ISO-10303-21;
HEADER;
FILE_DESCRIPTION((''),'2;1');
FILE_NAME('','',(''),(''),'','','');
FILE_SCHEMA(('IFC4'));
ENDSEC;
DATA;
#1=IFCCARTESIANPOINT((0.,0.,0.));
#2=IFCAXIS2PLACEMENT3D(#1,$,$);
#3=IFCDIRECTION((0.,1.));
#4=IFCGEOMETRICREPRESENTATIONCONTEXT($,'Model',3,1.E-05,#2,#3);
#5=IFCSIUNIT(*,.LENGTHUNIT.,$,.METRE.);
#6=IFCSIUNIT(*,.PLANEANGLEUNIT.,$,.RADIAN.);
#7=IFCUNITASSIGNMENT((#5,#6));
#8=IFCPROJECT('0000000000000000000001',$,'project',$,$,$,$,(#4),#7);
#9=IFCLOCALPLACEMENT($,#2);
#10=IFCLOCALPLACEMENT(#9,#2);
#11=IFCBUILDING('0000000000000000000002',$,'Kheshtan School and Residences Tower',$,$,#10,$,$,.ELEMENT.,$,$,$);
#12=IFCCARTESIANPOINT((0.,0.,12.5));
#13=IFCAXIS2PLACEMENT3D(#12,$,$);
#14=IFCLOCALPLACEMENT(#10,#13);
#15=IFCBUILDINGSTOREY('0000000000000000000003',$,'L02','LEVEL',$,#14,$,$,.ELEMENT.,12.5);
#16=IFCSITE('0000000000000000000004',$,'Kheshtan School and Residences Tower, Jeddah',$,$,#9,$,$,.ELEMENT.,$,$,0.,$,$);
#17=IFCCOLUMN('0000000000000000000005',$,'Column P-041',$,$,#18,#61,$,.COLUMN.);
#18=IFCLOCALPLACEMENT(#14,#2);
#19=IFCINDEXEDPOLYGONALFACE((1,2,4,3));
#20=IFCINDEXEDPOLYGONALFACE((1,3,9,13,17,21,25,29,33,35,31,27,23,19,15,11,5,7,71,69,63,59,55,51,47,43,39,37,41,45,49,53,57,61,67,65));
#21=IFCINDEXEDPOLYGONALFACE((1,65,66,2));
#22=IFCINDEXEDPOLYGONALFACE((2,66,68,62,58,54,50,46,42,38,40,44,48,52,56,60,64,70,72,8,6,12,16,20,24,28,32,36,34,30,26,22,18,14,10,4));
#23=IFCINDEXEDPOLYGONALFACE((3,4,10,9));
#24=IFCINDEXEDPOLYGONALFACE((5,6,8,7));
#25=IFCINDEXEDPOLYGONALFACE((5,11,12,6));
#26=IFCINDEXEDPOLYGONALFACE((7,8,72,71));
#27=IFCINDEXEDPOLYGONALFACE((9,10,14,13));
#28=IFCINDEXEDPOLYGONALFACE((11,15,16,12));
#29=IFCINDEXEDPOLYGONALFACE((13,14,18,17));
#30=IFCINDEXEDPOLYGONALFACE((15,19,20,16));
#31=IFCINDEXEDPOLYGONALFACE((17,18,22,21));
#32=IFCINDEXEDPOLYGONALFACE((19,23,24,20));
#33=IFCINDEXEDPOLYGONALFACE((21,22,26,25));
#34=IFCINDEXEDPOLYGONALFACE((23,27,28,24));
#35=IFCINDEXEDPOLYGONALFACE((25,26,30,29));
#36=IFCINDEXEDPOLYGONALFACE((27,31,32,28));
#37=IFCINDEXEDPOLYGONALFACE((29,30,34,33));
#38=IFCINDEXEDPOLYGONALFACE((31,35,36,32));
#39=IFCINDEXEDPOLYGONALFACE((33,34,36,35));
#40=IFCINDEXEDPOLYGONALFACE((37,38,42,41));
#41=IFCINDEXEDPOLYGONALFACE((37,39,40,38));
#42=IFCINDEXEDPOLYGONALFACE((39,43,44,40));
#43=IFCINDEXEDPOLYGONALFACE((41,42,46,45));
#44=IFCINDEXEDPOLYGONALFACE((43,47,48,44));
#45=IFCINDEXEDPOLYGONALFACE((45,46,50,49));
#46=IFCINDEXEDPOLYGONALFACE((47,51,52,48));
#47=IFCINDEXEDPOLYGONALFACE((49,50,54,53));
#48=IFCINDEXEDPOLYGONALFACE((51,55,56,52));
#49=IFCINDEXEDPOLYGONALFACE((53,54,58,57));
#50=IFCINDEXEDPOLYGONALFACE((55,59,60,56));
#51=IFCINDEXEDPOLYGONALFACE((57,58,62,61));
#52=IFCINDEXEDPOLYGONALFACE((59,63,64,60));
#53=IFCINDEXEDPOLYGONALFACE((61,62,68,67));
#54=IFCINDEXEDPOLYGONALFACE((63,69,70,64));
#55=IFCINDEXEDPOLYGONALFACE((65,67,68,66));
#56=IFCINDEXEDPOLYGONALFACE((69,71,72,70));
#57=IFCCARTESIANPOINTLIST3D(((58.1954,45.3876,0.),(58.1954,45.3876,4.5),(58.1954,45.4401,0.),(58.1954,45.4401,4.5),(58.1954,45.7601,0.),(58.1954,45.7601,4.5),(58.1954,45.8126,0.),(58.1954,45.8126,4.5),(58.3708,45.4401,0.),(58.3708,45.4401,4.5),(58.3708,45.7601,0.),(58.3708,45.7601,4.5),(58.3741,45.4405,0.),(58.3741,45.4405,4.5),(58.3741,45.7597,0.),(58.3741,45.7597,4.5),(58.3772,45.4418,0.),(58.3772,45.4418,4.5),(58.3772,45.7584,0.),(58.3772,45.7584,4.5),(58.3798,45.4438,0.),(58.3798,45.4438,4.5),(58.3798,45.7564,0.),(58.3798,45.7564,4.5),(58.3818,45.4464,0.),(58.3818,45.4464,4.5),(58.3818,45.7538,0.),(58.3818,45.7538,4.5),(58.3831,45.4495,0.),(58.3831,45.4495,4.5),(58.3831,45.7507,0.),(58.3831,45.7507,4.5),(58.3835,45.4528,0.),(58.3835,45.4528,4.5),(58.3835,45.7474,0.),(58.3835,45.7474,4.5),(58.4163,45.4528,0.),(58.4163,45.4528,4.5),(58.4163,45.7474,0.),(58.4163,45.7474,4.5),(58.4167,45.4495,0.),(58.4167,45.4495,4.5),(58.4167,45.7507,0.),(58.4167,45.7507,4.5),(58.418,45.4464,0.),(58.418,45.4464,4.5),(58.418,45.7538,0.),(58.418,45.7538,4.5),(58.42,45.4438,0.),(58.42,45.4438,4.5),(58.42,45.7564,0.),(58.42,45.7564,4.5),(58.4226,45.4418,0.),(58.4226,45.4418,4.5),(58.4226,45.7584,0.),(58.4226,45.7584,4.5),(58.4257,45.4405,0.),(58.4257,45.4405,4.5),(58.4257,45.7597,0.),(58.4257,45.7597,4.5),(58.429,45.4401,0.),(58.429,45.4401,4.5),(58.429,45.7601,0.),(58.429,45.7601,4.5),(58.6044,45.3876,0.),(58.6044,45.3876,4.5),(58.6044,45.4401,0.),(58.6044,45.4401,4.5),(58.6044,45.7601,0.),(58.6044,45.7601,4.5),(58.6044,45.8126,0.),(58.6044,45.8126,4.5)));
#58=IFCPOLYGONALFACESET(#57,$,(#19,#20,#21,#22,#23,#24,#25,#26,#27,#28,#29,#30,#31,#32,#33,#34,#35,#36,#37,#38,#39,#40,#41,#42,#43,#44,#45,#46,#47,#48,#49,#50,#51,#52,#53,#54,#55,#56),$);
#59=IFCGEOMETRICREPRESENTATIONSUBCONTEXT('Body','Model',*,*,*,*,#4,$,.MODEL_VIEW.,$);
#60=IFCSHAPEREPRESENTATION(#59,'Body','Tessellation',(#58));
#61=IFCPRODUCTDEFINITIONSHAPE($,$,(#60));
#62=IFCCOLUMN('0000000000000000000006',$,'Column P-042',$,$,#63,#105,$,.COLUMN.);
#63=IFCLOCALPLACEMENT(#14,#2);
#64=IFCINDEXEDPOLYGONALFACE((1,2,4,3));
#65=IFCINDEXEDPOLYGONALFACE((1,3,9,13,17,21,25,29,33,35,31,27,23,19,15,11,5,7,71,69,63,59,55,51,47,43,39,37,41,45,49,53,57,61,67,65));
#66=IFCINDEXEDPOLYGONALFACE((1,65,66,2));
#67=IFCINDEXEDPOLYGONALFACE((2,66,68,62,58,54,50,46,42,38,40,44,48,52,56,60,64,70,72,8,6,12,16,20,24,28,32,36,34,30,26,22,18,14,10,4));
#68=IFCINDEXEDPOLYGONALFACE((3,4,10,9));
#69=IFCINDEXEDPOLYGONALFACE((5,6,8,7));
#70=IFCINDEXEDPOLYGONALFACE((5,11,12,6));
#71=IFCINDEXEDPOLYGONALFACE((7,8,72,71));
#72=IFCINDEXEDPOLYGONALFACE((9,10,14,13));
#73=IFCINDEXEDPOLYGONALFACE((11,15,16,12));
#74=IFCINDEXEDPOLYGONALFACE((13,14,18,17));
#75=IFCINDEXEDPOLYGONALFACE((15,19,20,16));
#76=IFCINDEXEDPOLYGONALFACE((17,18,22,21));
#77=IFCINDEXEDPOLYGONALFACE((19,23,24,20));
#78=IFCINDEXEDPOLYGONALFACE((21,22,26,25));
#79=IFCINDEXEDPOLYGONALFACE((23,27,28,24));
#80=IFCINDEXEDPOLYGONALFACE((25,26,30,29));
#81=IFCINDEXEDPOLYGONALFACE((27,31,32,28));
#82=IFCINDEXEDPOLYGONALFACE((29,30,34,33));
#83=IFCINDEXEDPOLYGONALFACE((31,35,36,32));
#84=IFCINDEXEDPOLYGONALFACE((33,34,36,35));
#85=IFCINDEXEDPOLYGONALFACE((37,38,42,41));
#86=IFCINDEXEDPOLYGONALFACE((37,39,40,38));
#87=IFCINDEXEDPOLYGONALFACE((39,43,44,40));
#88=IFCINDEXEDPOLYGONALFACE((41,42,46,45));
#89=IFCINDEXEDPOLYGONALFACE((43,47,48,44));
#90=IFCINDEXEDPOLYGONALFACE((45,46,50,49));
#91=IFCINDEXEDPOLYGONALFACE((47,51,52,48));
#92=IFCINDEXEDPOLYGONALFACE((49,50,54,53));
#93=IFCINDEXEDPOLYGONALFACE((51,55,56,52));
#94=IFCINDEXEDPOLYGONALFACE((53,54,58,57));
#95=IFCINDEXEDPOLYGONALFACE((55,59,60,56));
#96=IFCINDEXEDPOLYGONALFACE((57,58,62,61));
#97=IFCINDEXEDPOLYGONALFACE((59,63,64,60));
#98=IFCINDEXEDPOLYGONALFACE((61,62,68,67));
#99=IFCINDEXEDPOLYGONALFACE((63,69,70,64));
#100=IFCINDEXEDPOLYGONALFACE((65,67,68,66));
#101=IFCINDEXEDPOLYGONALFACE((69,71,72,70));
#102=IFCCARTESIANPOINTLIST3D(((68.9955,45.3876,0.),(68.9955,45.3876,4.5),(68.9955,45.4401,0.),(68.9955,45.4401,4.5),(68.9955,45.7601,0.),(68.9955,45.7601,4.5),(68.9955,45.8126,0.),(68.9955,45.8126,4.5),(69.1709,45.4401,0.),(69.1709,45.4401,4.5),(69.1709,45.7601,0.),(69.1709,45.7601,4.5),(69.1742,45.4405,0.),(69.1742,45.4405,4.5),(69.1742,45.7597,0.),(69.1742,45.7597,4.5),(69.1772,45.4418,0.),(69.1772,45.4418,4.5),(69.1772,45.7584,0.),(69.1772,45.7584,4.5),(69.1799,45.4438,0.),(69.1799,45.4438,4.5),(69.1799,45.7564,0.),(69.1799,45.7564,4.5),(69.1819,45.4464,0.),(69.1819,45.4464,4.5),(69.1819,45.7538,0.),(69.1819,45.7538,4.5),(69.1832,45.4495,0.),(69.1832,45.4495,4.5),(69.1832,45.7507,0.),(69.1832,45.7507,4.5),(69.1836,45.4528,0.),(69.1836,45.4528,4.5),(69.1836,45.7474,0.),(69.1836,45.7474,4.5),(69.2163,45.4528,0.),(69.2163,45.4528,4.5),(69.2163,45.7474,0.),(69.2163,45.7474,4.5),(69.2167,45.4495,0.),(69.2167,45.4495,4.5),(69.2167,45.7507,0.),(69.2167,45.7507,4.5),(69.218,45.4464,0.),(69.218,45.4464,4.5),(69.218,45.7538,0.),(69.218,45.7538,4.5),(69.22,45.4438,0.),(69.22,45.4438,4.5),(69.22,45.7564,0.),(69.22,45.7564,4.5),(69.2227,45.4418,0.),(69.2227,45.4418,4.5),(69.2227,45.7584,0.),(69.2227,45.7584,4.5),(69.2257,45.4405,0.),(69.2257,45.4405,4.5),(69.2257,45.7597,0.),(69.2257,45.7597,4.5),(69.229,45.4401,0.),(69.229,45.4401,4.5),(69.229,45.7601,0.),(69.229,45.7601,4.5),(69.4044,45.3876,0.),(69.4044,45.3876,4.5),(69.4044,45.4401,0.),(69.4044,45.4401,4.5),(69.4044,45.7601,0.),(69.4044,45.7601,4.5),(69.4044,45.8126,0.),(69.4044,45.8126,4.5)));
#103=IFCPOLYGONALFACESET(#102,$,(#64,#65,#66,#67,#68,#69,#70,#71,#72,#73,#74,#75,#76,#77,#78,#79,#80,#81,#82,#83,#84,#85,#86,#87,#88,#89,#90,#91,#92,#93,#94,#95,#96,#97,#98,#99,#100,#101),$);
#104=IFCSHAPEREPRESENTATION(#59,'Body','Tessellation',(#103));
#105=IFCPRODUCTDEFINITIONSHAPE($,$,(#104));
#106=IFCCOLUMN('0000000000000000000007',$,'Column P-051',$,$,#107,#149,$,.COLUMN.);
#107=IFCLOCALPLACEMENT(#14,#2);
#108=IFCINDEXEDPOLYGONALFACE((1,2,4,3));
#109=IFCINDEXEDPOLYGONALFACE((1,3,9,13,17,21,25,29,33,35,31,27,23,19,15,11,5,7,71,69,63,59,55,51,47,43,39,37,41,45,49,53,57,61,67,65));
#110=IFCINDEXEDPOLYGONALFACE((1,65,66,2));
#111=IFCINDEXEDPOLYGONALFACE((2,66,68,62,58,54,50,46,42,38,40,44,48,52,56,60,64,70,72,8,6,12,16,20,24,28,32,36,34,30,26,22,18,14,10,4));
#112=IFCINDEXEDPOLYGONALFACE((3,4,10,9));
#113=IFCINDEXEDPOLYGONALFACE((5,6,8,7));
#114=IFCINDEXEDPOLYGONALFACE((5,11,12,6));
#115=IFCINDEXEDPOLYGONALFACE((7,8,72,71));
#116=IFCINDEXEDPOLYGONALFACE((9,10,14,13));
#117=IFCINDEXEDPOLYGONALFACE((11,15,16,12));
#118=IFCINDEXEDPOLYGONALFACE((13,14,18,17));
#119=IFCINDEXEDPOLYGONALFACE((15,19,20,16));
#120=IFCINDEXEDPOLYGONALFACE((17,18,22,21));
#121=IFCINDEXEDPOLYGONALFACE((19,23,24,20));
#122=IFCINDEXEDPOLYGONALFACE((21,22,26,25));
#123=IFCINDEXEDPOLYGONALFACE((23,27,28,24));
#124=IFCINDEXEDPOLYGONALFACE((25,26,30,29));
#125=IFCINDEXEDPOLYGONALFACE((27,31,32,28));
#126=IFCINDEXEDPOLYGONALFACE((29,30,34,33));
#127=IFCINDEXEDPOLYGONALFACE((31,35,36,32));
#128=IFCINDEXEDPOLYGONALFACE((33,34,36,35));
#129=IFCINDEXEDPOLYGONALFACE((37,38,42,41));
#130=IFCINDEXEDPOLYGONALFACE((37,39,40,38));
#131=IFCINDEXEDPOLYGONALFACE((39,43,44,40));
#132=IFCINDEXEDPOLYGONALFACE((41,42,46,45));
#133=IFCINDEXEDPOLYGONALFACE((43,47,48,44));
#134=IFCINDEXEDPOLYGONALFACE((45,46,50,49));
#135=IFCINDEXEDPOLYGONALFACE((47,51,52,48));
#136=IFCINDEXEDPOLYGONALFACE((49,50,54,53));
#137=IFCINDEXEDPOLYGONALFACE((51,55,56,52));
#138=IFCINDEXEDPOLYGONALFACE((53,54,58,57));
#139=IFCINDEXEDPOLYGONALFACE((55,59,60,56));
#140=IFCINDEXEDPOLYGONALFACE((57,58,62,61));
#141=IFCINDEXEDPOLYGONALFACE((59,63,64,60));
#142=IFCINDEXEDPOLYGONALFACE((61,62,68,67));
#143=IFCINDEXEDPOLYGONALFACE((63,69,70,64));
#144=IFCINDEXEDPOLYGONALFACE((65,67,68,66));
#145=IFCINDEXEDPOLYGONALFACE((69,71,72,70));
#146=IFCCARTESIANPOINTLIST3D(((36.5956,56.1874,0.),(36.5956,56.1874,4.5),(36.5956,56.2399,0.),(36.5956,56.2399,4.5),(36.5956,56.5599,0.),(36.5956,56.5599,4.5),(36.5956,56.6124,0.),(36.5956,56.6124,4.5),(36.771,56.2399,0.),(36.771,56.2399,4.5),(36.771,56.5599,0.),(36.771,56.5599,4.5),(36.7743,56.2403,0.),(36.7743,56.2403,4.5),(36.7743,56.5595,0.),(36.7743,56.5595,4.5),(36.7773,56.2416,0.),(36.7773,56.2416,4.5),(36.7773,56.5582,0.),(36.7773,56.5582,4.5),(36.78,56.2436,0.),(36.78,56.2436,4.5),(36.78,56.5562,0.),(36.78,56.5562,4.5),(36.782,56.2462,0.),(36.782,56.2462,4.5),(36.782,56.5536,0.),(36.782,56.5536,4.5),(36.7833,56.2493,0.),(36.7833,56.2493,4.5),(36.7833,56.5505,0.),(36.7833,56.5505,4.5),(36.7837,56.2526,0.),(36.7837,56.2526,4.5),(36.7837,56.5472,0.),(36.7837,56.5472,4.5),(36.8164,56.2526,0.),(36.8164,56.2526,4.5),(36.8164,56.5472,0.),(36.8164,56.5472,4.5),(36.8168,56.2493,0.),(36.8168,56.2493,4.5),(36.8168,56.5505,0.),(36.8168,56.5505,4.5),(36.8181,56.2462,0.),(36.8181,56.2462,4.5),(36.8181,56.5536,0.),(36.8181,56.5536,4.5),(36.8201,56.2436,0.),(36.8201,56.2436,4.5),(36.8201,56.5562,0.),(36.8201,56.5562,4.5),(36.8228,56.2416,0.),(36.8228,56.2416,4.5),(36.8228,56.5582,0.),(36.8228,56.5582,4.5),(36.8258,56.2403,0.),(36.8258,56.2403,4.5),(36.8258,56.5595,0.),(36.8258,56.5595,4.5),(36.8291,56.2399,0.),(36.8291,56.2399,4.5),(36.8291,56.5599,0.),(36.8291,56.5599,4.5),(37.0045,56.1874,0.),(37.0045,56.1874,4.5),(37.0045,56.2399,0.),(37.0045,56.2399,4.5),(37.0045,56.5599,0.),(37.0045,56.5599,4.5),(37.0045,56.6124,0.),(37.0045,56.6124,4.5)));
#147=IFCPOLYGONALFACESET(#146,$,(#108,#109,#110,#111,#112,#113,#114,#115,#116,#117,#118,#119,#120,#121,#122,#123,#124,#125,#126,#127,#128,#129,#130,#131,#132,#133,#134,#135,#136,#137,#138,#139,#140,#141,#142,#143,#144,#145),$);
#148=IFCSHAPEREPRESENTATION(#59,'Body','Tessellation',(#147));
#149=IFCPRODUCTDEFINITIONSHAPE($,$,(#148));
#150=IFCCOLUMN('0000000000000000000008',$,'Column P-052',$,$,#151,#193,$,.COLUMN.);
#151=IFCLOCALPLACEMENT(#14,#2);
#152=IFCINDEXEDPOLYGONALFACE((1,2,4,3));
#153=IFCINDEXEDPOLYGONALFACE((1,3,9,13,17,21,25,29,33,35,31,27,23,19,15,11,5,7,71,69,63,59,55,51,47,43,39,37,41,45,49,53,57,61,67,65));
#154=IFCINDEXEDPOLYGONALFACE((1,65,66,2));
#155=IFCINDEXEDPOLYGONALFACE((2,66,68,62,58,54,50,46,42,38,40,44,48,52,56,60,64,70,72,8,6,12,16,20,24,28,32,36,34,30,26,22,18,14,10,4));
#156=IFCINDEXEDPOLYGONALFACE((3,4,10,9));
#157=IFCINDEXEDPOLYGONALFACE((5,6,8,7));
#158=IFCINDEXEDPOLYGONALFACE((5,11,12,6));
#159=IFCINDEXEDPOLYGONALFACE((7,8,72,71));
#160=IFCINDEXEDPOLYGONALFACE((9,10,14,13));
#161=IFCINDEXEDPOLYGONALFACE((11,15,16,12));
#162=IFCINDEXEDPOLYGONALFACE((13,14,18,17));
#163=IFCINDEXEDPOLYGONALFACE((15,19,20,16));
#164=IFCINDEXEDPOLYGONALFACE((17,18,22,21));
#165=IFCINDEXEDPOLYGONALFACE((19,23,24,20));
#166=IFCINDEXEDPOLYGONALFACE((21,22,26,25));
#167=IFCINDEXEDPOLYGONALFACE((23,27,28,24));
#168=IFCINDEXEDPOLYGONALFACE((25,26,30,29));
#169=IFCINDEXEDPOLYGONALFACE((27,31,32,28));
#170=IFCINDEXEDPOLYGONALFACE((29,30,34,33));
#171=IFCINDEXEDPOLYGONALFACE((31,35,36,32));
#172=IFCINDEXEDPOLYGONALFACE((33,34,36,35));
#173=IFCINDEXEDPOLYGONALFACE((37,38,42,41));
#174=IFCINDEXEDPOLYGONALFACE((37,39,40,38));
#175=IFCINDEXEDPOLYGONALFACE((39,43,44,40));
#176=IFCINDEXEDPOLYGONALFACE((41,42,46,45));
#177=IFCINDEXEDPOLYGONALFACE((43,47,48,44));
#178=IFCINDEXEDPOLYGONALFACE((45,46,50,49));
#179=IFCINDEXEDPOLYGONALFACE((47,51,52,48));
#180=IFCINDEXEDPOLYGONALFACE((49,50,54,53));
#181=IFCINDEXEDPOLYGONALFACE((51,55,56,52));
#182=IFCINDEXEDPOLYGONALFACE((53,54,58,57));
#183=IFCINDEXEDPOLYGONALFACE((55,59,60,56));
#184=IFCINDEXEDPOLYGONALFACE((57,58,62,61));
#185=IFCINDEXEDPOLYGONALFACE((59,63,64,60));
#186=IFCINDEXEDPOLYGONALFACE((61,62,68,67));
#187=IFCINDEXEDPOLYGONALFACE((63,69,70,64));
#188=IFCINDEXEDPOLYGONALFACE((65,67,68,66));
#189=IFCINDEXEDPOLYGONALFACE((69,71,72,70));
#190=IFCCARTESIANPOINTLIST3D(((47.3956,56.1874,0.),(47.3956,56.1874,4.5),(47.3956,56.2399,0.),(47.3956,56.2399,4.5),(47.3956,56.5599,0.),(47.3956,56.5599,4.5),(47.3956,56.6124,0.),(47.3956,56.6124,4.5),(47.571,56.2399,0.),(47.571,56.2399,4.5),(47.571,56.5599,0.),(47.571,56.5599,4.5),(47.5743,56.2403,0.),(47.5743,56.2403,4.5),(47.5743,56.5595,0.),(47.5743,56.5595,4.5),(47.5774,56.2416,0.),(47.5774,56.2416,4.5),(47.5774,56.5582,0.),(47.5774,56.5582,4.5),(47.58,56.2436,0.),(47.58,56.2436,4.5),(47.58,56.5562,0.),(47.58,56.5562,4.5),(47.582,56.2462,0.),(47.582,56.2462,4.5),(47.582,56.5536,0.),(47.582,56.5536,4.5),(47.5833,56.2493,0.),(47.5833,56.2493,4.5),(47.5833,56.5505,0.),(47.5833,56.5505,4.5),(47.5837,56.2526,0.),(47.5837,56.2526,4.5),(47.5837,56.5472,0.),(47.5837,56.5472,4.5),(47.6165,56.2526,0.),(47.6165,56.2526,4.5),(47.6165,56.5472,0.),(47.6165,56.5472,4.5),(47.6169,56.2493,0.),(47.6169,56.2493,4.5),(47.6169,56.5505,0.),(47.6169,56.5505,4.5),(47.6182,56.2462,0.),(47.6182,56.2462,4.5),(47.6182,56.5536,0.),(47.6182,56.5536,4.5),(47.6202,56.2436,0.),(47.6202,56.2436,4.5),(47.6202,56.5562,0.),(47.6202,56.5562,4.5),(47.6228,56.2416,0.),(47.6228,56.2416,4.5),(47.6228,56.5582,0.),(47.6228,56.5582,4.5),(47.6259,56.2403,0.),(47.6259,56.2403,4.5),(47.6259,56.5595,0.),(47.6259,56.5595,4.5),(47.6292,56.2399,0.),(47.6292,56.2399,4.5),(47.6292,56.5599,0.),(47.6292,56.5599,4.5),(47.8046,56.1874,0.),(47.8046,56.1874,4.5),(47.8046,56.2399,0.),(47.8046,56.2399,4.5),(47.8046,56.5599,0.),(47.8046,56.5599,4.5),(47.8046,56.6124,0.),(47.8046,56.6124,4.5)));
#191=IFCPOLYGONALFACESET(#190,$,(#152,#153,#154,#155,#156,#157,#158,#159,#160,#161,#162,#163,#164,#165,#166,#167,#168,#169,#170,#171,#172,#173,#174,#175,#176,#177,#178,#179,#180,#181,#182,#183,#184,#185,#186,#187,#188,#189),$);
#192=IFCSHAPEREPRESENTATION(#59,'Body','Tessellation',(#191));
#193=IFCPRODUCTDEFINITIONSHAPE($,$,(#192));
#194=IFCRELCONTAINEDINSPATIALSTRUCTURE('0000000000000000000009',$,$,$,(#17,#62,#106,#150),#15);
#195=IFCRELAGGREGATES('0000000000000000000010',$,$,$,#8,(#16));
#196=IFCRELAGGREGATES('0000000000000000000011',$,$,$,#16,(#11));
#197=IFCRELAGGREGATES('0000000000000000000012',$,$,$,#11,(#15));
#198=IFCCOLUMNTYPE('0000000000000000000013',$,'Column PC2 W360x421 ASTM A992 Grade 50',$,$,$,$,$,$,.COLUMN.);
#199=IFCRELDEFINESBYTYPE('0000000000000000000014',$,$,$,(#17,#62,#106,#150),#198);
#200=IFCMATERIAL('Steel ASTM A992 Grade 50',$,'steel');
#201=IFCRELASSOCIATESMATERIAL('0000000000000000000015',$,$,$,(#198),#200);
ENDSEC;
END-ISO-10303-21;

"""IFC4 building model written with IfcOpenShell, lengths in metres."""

from ifc_helpers import new_model, si_unit, direction, frame, origin, origin_2d, place, context, subcontext, project, spatial, i_section, extrude, material, material_profile, profile_set, type_object, element, save


model = new_model("IFC4")

# Units and contexts
model_context = context("Model", 3, precision=1e-05, world=origin(), true_north=direction((0.0, 1.0)))
body_context = subcontext(model_context, "Body", "Model", "MODEL_VIEW")
ifc_project = project(units=[si_unit("LENGTHUNIT", "METRE"), si_unit("PLANEANGLEUNIT", "RADIAN")], contexts=[model_context])

# Site, building, storey
site_placement = place(None, origin())
site = spatial("IfcSite", under=ifc_project, at=site_placement, Name="Kheshtan School and Residences Tower, Jeddah", CompositionType="ELEMENT", RefElevation=0.0)
building_placement = place(site_placement, origin())
building = spatial("IfcBuilding", under=site, at=building_placement, Name="Kheshtan School and Residences Tower", CompositionType="ELEMENT")
storey_placement = place(building_placement, frame((0.0, 0.0, 12.5)))
storey = spatial("IfcBuildingStorey", under=building, at=storey_placement, Name="L02", Description="LEVEL", CompositionType="ELEMENT", Elevation=12.5)

# Columns
ifc_material_1 = material(Name="Steel ASTM A992 Grade 50", Category="steel")
ifc_material_profile = material_profile(ifc_material_1, i_section(OverallWidth=0.4089, OverallDepth=0.425, WebThickness=0.0327, FlangeThickness=0.0525, FilletRadius=0.0127, at=origin_2d()), Name="W360x421")
ifc_profile_set = profile_set([ifc_material_profile], Name="Steel ASTM A992 Grade 50")
column_type = type_object("IfcColumnType", Name="Column PC2 W360x421 ASTM A992 Grade 50", PredefinedType="COLUMN", material=ifc_profile_set)
for number, where, z_axis, x_axis, name in (
    (1, (58.3999, 45.6001, 0.0), (0.0, 0.0, 1.0), (1.0, 0.0, 0.0), "Column P-041"),
    (2, (69.2, 45.6001, 0.0), (0.0, 0.0, 1.0), (1.0, 0.0, 0.0), "Column P-042"),
    (3, (36.8, 56.3999, 0.0), (0.0, 0.0, 1.0), (1.0, 0.0, 0.0), "Column P-051"),
    (4, (47.6001, 56.3999, 0.0), (0.0, 0.0, 1.0), (1.0, 0.0, 0.0), "Column P-052"),
):
    element("IfcColumn", number, at=place(storey_placement, frame(where, z_axis=z_axis, x_axis=x_axis)), inside=storey, type_object=column_type, Name=name, PredefinedType="COLUMN", context=body_context, shape_type="SweptSolid", body=[
        extrude(i_section(OverallWidth=0.4089, OverallDepth=0.425, WebThickness=0.0327, FlangeThickness=0.0525, FilletRadius=0.0127, at=origin_2d()), origin(), (0.0, 0.0, 1.0), 4.5),
    ])

save(model, "model.ifc")
